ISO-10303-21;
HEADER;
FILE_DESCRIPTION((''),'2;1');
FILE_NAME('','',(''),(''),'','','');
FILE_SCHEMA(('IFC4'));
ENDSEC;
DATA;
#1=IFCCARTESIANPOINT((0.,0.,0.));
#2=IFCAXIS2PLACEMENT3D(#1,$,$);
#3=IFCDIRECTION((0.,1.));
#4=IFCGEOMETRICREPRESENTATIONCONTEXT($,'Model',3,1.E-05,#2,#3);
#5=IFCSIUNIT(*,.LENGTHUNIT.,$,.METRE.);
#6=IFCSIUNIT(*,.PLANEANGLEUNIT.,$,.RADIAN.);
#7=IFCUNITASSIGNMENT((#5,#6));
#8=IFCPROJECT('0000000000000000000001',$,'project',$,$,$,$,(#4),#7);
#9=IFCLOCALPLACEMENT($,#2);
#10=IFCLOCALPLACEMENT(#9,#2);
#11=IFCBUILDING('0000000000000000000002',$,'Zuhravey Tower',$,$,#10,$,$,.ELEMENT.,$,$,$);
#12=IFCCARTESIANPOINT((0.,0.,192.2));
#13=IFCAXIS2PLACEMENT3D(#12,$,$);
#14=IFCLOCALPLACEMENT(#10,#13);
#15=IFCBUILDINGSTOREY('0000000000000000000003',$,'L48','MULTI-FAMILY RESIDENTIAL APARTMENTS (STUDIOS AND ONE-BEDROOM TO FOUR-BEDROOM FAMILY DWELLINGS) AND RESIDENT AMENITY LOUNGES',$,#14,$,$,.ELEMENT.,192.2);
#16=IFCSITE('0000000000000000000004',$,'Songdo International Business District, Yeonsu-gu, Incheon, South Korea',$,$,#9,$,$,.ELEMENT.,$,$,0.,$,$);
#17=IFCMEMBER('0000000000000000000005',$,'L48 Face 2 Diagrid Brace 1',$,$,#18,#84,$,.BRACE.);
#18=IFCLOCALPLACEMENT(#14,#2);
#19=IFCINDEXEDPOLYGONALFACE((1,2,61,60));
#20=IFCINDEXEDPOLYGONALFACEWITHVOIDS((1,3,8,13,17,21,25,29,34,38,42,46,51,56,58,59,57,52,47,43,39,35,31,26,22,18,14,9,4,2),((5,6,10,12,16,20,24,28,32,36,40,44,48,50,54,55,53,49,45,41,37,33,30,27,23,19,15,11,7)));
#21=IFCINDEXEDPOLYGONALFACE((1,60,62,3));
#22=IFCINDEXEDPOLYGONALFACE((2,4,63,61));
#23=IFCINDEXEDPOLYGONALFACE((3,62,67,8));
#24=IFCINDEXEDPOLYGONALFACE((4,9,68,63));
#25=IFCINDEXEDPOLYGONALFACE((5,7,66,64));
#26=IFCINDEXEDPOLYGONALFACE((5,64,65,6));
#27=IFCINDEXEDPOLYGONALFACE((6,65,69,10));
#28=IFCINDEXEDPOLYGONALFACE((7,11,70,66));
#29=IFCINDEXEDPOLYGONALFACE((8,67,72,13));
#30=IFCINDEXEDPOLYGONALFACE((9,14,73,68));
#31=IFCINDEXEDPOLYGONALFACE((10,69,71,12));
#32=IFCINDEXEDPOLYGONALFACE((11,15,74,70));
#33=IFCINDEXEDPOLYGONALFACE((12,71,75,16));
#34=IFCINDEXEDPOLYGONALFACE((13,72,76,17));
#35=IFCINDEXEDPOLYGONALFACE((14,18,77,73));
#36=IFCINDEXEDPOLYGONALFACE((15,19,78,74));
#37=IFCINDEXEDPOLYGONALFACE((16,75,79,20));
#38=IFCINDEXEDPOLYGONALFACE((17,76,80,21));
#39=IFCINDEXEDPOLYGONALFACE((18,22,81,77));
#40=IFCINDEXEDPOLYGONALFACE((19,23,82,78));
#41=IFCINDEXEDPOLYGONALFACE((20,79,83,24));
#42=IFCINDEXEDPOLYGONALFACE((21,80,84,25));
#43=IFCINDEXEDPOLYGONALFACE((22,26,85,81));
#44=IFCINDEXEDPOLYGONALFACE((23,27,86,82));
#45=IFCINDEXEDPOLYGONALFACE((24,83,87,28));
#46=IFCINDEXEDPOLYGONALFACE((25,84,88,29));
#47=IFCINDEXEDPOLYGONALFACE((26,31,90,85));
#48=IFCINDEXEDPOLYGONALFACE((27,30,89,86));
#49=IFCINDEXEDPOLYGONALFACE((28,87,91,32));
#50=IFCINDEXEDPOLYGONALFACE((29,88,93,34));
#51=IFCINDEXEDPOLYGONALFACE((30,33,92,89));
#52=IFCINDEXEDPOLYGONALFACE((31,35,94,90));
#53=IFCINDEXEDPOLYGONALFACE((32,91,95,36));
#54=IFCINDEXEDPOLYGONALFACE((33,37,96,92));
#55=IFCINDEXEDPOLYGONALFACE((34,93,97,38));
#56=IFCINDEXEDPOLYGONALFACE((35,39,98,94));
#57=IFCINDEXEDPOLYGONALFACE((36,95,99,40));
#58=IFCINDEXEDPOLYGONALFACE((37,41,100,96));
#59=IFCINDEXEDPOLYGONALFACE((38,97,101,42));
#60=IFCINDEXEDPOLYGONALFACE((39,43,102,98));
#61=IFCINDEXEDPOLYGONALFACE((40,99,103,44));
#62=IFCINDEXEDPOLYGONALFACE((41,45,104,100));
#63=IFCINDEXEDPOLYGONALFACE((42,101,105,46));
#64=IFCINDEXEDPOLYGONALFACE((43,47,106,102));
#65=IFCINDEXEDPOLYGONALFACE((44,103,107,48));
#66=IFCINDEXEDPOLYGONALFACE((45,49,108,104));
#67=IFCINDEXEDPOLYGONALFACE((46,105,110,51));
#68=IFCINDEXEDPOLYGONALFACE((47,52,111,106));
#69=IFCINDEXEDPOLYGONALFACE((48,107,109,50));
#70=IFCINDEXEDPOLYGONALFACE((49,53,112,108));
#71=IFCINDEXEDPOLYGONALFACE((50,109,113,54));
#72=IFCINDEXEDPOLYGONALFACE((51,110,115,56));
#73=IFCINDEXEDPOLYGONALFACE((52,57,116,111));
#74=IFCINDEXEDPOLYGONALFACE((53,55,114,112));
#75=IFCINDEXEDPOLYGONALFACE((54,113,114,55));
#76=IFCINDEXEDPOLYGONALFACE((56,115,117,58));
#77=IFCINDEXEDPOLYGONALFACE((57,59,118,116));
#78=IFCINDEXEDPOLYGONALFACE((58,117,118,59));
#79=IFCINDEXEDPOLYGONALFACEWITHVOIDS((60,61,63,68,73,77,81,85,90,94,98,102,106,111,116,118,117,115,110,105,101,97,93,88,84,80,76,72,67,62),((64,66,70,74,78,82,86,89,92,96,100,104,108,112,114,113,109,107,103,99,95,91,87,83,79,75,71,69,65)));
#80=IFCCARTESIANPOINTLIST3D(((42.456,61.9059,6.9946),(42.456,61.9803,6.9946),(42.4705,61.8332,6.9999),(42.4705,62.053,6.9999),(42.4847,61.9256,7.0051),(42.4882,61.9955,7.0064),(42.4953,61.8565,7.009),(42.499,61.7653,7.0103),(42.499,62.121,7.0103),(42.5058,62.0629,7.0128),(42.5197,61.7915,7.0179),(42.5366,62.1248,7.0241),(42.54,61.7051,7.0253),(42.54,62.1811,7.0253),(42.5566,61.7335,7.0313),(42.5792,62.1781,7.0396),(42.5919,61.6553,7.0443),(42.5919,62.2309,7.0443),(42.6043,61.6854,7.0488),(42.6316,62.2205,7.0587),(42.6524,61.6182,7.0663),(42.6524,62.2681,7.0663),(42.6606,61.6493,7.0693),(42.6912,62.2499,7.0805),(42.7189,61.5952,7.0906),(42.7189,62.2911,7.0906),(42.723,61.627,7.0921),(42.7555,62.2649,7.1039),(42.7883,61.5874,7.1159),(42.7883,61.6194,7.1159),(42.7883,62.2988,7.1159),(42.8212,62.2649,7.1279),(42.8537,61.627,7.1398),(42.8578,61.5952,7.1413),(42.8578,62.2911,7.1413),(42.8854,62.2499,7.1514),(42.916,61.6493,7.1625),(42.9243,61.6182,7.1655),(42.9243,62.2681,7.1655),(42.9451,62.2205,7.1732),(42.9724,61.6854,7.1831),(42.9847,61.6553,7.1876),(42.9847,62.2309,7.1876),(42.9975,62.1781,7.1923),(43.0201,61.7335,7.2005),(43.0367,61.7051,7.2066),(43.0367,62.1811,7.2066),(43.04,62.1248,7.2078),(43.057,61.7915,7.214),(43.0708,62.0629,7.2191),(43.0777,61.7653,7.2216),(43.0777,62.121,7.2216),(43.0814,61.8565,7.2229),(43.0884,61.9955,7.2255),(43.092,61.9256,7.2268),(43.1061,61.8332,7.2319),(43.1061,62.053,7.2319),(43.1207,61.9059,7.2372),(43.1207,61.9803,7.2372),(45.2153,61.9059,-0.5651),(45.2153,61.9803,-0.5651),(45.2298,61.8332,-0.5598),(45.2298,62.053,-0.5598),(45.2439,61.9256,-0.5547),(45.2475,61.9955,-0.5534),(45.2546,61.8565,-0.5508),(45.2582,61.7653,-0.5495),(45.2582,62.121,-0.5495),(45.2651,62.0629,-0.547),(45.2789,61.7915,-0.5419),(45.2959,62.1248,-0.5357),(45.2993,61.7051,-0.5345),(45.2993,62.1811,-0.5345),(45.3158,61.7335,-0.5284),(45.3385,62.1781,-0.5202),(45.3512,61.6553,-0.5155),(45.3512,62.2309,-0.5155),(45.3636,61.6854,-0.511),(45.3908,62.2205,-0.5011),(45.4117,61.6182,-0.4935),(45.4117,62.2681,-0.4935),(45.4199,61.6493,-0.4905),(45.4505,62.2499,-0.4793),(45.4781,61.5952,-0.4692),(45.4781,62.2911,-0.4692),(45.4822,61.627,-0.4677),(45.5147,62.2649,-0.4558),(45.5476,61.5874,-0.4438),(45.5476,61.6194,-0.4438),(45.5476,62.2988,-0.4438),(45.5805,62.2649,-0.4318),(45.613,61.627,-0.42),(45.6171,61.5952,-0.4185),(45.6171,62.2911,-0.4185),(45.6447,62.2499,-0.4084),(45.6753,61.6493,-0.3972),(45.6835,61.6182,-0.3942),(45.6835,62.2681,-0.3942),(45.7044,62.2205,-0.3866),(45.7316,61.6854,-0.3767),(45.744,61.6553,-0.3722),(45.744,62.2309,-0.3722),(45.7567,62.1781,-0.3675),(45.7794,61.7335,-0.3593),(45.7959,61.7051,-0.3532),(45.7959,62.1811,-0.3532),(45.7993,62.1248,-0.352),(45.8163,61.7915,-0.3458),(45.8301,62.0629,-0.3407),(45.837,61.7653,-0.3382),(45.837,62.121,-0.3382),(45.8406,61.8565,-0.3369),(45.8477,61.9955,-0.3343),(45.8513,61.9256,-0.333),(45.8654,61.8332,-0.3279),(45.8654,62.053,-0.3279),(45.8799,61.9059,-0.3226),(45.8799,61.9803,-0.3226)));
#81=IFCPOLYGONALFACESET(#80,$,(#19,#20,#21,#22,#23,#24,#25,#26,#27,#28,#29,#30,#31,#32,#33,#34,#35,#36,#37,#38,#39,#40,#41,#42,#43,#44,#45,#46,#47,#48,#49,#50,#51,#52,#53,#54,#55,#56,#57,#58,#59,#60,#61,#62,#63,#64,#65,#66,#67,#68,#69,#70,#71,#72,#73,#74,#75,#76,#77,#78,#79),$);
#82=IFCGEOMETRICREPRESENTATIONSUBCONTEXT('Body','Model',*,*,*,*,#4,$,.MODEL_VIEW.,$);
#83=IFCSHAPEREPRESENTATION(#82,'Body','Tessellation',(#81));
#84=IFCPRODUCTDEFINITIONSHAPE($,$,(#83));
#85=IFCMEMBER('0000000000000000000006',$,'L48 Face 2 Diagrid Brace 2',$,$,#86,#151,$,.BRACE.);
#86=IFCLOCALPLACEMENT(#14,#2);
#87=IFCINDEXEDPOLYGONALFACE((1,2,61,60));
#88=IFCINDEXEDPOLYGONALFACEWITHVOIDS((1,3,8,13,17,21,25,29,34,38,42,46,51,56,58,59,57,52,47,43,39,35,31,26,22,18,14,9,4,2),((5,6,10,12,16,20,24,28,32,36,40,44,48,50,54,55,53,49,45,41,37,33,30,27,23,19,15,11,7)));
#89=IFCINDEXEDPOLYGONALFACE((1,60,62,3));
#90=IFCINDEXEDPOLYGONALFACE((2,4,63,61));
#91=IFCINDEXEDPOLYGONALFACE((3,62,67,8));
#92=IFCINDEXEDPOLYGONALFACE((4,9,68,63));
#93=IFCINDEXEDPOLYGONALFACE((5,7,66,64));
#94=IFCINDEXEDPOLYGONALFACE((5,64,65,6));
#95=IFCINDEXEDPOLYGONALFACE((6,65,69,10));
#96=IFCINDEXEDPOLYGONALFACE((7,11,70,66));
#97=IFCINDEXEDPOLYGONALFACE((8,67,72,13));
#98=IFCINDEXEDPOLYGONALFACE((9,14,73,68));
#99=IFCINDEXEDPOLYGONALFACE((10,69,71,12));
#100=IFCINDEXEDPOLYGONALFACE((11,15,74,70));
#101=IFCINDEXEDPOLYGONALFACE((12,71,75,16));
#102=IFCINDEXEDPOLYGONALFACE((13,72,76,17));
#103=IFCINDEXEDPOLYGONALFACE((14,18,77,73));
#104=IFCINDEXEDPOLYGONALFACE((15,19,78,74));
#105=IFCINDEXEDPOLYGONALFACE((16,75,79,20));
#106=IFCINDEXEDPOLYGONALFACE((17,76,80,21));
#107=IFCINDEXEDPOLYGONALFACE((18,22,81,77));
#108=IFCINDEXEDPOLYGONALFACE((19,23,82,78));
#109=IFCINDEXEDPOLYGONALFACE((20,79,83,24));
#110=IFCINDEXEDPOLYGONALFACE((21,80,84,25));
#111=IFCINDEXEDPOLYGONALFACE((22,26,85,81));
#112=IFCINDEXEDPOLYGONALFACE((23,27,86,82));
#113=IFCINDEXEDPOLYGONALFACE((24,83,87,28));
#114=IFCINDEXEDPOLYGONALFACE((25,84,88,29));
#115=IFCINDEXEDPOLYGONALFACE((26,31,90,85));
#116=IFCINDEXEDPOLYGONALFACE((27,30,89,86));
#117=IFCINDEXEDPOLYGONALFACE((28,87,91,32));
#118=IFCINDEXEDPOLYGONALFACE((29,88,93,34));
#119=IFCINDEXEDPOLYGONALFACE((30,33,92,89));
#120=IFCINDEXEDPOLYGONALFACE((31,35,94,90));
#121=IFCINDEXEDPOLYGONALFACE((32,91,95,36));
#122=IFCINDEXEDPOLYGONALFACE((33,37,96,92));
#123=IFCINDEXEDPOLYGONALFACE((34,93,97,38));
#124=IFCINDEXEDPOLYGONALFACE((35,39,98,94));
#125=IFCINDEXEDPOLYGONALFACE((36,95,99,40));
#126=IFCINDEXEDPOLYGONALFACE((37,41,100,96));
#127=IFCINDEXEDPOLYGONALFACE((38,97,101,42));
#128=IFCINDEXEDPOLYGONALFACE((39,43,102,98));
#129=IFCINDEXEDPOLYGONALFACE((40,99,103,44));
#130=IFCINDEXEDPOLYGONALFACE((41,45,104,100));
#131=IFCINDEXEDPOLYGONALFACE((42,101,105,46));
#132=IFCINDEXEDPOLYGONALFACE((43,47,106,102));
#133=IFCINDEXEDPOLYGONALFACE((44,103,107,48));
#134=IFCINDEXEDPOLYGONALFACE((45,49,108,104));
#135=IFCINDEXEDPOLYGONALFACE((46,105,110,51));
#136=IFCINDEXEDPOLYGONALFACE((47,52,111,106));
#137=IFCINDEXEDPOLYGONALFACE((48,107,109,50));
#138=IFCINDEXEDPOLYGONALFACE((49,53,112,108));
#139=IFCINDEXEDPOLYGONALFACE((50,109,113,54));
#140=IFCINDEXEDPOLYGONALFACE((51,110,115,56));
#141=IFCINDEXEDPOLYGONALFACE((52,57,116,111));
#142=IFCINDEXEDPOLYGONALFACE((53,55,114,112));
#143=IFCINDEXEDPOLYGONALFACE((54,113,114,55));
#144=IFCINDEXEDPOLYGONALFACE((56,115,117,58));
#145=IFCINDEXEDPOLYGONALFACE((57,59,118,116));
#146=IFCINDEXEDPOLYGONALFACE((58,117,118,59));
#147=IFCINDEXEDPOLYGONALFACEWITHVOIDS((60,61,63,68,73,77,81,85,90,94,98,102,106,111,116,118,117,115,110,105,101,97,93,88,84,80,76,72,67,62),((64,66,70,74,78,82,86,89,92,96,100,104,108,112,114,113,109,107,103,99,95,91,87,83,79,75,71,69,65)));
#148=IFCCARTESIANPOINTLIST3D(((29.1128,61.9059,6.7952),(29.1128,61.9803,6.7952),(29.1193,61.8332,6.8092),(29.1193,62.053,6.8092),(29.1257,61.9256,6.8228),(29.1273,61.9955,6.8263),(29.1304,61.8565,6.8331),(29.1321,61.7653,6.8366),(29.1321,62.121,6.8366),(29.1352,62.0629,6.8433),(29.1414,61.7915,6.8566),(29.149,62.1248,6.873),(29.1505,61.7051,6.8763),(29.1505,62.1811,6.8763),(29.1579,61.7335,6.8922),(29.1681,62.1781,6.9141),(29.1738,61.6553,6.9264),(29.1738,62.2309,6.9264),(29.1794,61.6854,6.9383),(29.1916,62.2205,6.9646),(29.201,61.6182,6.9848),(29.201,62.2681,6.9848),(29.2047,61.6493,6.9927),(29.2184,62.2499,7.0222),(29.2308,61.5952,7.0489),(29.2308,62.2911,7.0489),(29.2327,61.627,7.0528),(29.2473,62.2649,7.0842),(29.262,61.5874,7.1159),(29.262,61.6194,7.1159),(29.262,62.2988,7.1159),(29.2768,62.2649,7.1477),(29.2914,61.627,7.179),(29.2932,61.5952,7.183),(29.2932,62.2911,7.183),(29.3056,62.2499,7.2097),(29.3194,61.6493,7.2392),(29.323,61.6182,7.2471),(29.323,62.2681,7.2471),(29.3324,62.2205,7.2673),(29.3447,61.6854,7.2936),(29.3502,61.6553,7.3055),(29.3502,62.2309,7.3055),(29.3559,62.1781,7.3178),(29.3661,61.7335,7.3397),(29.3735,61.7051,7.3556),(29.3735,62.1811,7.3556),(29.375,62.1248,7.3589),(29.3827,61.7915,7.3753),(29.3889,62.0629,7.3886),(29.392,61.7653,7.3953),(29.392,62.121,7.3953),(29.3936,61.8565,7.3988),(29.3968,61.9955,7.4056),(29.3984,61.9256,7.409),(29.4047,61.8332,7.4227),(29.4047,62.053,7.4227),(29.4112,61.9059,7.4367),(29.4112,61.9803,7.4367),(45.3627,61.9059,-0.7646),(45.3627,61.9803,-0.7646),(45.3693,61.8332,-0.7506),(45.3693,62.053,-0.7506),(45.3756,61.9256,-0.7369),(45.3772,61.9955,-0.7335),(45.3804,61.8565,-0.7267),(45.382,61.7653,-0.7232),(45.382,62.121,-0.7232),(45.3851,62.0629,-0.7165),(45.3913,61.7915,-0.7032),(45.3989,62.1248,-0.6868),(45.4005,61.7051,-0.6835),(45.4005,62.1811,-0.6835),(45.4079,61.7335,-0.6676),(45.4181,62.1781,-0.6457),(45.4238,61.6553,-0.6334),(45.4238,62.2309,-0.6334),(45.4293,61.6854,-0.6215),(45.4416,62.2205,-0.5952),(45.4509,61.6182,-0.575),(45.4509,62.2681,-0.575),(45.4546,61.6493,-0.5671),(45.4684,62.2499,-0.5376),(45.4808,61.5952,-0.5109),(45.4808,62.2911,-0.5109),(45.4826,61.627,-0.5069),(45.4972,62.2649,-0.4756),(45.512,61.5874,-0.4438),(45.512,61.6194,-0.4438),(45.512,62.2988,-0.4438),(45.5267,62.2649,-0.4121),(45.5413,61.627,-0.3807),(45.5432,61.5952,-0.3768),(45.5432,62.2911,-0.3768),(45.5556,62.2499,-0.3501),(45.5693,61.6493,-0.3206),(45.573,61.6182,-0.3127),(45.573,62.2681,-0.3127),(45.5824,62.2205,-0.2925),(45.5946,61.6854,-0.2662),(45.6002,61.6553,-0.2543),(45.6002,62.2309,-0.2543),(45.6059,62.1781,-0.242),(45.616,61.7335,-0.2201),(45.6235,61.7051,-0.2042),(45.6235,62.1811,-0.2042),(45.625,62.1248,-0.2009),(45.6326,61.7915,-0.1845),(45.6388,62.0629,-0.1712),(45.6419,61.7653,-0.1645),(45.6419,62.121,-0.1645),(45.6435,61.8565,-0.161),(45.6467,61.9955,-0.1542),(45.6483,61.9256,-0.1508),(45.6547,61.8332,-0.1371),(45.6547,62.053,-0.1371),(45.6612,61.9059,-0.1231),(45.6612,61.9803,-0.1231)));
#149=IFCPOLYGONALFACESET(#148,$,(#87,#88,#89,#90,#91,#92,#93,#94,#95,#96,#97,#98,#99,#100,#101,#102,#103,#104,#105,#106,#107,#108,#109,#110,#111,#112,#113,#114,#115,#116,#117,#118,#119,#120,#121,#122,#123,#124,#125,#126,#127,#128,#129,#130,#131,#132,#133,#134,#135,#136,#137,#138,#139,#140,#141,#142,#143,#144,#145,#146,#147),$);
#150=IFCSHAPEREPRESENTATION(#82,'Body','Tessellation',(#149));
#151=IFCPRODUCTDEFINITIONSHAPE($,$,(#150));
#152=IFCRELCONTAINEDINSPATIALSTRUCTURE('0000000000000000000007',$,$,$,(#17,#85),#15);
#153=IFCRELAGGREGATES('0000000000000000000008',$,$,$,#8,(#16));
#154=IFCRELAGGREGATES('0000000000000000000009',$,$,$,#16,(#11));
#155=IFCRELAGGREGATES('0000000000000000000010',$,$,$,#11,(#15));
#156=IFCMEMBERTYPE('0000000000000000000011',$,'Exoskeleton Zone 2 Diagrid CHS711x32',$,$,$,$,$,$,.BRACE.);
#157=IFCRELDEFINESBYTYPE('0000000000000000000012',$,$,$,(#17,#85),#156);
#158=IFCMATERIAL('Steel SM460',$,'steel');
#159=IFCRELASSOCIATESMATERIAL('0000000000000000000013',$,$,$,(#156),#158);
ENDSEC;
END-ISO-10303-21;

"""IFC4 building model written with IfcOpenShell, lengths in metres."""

from ifc_helpers import new_model, si_unit, direction, frame, origin, origin_2d, place, context, subcontext, project, spatial, hollow_circle, extrude, material, material_profile, profile_set, type_object, element, save


model = new_model("IFC4")

# Units and contexts
model_context = context("Model", 3, precision=1e-05, world=origin(), true_north=direction((0.0, 1.0)))
body_context = subcontext(model_context, "Body", "Model", "MODEL_VIEW")
ifc_project = project(units=[si_unit("LENGTHUNIT", "METRE"), si_unit("PLANEANGLEUNIT", "RADIAN")], contexts=[model_context])

# Site, building, storey
site_placement = place(None, origin())
site = spatial("IfcSite", under=ifc_project, at=site_placement, Name="Songdo International Business District, Yeonsu-gu, Incheon, South Korea", CompositionType="ELEMENT", RefElevation=0.0)
building_placement = place(site_placement, origin())
building = spatial("IfcBuilding", under=site, at=building_placement, Name="Zuhravey Tower", CompositionType="ELEMENT")
storey_placement = place(building_placement, frame((0.0, 0.0, 192.2)))
storey = spatial("IfcBuildingStorey", under=building, at=storey_placement, Name="L48", Description="MULTI-FAMILY RESIDENTIAL APARTMENTS (STUDIOS AND ONE-BEDROOM TO FOUR-BEDROOM FAMILY DWELLINGS) AND RESIDENT AMENITY LOUNGES", CompositionType="ELEMENT", Elevation=192.2)

# Members
ifc_material_1 = material(Name="Steel SM460", Category="steel")
ifc_material_profile_1 = material_profile(ifc_material_1, hollow_circle(Radius=0.3557, WallThickness=0.032, at=origin_2d()), Name="CHS-711.2x32")
ifc_profile_set_1 = profile_set([ifc_material_profile_1], Name="Steel SM460")
member_type_1 = type_object("IfcMemberType", Name="Exoskeleton Zone 2 Diagrid CHS711x32", PredefinedType="BRACE", material=ifc_profile_set_1)
member_1_placement = place(storey_placement, frame((45.5476, 61.9431, -0.4438), z_axis=(-0.342868, 0.0, 0.939384), x_axis=(0.0, -1.0, 0.0)))
element("IfcMember", 1, at=member_1_placement, inside=storey, type_object=member_type_1, Name="L48 Face 2 Diagrid Brace 1", PredefinedType="BRACE", context=body_context, shape_type="SweptSolid", body=[
    extrude(hollow_circle(Radius=0.3557, WallThickness=0.032, at=origin_2d()), origin(), (0.0, 0.0, 1.0), 8.0476),
])
member_2_placement = place(storey_placement, frame((45.512, 61.9431, -0.4438), z_axis=(-0.906685, 0.0, 0.421808), x_axis=(0.0, -1.0, 0.0)))
element("IfcMember", 2, at=member_2_placement, inside=storey, type_object=member_type_1, Name="L48 Face 2 Diagrid Brace 2", PredefinedType="BRACE", context=body_context, shape_type="SweptSolid", body=[
    extrude(hollow_circle(Radius=0.3557, WallThickness=0.032, at=origin_2d()), origin(), (0.0, 0.0, 1.0), 17.9224),
])

save(model, "model.ifc")
